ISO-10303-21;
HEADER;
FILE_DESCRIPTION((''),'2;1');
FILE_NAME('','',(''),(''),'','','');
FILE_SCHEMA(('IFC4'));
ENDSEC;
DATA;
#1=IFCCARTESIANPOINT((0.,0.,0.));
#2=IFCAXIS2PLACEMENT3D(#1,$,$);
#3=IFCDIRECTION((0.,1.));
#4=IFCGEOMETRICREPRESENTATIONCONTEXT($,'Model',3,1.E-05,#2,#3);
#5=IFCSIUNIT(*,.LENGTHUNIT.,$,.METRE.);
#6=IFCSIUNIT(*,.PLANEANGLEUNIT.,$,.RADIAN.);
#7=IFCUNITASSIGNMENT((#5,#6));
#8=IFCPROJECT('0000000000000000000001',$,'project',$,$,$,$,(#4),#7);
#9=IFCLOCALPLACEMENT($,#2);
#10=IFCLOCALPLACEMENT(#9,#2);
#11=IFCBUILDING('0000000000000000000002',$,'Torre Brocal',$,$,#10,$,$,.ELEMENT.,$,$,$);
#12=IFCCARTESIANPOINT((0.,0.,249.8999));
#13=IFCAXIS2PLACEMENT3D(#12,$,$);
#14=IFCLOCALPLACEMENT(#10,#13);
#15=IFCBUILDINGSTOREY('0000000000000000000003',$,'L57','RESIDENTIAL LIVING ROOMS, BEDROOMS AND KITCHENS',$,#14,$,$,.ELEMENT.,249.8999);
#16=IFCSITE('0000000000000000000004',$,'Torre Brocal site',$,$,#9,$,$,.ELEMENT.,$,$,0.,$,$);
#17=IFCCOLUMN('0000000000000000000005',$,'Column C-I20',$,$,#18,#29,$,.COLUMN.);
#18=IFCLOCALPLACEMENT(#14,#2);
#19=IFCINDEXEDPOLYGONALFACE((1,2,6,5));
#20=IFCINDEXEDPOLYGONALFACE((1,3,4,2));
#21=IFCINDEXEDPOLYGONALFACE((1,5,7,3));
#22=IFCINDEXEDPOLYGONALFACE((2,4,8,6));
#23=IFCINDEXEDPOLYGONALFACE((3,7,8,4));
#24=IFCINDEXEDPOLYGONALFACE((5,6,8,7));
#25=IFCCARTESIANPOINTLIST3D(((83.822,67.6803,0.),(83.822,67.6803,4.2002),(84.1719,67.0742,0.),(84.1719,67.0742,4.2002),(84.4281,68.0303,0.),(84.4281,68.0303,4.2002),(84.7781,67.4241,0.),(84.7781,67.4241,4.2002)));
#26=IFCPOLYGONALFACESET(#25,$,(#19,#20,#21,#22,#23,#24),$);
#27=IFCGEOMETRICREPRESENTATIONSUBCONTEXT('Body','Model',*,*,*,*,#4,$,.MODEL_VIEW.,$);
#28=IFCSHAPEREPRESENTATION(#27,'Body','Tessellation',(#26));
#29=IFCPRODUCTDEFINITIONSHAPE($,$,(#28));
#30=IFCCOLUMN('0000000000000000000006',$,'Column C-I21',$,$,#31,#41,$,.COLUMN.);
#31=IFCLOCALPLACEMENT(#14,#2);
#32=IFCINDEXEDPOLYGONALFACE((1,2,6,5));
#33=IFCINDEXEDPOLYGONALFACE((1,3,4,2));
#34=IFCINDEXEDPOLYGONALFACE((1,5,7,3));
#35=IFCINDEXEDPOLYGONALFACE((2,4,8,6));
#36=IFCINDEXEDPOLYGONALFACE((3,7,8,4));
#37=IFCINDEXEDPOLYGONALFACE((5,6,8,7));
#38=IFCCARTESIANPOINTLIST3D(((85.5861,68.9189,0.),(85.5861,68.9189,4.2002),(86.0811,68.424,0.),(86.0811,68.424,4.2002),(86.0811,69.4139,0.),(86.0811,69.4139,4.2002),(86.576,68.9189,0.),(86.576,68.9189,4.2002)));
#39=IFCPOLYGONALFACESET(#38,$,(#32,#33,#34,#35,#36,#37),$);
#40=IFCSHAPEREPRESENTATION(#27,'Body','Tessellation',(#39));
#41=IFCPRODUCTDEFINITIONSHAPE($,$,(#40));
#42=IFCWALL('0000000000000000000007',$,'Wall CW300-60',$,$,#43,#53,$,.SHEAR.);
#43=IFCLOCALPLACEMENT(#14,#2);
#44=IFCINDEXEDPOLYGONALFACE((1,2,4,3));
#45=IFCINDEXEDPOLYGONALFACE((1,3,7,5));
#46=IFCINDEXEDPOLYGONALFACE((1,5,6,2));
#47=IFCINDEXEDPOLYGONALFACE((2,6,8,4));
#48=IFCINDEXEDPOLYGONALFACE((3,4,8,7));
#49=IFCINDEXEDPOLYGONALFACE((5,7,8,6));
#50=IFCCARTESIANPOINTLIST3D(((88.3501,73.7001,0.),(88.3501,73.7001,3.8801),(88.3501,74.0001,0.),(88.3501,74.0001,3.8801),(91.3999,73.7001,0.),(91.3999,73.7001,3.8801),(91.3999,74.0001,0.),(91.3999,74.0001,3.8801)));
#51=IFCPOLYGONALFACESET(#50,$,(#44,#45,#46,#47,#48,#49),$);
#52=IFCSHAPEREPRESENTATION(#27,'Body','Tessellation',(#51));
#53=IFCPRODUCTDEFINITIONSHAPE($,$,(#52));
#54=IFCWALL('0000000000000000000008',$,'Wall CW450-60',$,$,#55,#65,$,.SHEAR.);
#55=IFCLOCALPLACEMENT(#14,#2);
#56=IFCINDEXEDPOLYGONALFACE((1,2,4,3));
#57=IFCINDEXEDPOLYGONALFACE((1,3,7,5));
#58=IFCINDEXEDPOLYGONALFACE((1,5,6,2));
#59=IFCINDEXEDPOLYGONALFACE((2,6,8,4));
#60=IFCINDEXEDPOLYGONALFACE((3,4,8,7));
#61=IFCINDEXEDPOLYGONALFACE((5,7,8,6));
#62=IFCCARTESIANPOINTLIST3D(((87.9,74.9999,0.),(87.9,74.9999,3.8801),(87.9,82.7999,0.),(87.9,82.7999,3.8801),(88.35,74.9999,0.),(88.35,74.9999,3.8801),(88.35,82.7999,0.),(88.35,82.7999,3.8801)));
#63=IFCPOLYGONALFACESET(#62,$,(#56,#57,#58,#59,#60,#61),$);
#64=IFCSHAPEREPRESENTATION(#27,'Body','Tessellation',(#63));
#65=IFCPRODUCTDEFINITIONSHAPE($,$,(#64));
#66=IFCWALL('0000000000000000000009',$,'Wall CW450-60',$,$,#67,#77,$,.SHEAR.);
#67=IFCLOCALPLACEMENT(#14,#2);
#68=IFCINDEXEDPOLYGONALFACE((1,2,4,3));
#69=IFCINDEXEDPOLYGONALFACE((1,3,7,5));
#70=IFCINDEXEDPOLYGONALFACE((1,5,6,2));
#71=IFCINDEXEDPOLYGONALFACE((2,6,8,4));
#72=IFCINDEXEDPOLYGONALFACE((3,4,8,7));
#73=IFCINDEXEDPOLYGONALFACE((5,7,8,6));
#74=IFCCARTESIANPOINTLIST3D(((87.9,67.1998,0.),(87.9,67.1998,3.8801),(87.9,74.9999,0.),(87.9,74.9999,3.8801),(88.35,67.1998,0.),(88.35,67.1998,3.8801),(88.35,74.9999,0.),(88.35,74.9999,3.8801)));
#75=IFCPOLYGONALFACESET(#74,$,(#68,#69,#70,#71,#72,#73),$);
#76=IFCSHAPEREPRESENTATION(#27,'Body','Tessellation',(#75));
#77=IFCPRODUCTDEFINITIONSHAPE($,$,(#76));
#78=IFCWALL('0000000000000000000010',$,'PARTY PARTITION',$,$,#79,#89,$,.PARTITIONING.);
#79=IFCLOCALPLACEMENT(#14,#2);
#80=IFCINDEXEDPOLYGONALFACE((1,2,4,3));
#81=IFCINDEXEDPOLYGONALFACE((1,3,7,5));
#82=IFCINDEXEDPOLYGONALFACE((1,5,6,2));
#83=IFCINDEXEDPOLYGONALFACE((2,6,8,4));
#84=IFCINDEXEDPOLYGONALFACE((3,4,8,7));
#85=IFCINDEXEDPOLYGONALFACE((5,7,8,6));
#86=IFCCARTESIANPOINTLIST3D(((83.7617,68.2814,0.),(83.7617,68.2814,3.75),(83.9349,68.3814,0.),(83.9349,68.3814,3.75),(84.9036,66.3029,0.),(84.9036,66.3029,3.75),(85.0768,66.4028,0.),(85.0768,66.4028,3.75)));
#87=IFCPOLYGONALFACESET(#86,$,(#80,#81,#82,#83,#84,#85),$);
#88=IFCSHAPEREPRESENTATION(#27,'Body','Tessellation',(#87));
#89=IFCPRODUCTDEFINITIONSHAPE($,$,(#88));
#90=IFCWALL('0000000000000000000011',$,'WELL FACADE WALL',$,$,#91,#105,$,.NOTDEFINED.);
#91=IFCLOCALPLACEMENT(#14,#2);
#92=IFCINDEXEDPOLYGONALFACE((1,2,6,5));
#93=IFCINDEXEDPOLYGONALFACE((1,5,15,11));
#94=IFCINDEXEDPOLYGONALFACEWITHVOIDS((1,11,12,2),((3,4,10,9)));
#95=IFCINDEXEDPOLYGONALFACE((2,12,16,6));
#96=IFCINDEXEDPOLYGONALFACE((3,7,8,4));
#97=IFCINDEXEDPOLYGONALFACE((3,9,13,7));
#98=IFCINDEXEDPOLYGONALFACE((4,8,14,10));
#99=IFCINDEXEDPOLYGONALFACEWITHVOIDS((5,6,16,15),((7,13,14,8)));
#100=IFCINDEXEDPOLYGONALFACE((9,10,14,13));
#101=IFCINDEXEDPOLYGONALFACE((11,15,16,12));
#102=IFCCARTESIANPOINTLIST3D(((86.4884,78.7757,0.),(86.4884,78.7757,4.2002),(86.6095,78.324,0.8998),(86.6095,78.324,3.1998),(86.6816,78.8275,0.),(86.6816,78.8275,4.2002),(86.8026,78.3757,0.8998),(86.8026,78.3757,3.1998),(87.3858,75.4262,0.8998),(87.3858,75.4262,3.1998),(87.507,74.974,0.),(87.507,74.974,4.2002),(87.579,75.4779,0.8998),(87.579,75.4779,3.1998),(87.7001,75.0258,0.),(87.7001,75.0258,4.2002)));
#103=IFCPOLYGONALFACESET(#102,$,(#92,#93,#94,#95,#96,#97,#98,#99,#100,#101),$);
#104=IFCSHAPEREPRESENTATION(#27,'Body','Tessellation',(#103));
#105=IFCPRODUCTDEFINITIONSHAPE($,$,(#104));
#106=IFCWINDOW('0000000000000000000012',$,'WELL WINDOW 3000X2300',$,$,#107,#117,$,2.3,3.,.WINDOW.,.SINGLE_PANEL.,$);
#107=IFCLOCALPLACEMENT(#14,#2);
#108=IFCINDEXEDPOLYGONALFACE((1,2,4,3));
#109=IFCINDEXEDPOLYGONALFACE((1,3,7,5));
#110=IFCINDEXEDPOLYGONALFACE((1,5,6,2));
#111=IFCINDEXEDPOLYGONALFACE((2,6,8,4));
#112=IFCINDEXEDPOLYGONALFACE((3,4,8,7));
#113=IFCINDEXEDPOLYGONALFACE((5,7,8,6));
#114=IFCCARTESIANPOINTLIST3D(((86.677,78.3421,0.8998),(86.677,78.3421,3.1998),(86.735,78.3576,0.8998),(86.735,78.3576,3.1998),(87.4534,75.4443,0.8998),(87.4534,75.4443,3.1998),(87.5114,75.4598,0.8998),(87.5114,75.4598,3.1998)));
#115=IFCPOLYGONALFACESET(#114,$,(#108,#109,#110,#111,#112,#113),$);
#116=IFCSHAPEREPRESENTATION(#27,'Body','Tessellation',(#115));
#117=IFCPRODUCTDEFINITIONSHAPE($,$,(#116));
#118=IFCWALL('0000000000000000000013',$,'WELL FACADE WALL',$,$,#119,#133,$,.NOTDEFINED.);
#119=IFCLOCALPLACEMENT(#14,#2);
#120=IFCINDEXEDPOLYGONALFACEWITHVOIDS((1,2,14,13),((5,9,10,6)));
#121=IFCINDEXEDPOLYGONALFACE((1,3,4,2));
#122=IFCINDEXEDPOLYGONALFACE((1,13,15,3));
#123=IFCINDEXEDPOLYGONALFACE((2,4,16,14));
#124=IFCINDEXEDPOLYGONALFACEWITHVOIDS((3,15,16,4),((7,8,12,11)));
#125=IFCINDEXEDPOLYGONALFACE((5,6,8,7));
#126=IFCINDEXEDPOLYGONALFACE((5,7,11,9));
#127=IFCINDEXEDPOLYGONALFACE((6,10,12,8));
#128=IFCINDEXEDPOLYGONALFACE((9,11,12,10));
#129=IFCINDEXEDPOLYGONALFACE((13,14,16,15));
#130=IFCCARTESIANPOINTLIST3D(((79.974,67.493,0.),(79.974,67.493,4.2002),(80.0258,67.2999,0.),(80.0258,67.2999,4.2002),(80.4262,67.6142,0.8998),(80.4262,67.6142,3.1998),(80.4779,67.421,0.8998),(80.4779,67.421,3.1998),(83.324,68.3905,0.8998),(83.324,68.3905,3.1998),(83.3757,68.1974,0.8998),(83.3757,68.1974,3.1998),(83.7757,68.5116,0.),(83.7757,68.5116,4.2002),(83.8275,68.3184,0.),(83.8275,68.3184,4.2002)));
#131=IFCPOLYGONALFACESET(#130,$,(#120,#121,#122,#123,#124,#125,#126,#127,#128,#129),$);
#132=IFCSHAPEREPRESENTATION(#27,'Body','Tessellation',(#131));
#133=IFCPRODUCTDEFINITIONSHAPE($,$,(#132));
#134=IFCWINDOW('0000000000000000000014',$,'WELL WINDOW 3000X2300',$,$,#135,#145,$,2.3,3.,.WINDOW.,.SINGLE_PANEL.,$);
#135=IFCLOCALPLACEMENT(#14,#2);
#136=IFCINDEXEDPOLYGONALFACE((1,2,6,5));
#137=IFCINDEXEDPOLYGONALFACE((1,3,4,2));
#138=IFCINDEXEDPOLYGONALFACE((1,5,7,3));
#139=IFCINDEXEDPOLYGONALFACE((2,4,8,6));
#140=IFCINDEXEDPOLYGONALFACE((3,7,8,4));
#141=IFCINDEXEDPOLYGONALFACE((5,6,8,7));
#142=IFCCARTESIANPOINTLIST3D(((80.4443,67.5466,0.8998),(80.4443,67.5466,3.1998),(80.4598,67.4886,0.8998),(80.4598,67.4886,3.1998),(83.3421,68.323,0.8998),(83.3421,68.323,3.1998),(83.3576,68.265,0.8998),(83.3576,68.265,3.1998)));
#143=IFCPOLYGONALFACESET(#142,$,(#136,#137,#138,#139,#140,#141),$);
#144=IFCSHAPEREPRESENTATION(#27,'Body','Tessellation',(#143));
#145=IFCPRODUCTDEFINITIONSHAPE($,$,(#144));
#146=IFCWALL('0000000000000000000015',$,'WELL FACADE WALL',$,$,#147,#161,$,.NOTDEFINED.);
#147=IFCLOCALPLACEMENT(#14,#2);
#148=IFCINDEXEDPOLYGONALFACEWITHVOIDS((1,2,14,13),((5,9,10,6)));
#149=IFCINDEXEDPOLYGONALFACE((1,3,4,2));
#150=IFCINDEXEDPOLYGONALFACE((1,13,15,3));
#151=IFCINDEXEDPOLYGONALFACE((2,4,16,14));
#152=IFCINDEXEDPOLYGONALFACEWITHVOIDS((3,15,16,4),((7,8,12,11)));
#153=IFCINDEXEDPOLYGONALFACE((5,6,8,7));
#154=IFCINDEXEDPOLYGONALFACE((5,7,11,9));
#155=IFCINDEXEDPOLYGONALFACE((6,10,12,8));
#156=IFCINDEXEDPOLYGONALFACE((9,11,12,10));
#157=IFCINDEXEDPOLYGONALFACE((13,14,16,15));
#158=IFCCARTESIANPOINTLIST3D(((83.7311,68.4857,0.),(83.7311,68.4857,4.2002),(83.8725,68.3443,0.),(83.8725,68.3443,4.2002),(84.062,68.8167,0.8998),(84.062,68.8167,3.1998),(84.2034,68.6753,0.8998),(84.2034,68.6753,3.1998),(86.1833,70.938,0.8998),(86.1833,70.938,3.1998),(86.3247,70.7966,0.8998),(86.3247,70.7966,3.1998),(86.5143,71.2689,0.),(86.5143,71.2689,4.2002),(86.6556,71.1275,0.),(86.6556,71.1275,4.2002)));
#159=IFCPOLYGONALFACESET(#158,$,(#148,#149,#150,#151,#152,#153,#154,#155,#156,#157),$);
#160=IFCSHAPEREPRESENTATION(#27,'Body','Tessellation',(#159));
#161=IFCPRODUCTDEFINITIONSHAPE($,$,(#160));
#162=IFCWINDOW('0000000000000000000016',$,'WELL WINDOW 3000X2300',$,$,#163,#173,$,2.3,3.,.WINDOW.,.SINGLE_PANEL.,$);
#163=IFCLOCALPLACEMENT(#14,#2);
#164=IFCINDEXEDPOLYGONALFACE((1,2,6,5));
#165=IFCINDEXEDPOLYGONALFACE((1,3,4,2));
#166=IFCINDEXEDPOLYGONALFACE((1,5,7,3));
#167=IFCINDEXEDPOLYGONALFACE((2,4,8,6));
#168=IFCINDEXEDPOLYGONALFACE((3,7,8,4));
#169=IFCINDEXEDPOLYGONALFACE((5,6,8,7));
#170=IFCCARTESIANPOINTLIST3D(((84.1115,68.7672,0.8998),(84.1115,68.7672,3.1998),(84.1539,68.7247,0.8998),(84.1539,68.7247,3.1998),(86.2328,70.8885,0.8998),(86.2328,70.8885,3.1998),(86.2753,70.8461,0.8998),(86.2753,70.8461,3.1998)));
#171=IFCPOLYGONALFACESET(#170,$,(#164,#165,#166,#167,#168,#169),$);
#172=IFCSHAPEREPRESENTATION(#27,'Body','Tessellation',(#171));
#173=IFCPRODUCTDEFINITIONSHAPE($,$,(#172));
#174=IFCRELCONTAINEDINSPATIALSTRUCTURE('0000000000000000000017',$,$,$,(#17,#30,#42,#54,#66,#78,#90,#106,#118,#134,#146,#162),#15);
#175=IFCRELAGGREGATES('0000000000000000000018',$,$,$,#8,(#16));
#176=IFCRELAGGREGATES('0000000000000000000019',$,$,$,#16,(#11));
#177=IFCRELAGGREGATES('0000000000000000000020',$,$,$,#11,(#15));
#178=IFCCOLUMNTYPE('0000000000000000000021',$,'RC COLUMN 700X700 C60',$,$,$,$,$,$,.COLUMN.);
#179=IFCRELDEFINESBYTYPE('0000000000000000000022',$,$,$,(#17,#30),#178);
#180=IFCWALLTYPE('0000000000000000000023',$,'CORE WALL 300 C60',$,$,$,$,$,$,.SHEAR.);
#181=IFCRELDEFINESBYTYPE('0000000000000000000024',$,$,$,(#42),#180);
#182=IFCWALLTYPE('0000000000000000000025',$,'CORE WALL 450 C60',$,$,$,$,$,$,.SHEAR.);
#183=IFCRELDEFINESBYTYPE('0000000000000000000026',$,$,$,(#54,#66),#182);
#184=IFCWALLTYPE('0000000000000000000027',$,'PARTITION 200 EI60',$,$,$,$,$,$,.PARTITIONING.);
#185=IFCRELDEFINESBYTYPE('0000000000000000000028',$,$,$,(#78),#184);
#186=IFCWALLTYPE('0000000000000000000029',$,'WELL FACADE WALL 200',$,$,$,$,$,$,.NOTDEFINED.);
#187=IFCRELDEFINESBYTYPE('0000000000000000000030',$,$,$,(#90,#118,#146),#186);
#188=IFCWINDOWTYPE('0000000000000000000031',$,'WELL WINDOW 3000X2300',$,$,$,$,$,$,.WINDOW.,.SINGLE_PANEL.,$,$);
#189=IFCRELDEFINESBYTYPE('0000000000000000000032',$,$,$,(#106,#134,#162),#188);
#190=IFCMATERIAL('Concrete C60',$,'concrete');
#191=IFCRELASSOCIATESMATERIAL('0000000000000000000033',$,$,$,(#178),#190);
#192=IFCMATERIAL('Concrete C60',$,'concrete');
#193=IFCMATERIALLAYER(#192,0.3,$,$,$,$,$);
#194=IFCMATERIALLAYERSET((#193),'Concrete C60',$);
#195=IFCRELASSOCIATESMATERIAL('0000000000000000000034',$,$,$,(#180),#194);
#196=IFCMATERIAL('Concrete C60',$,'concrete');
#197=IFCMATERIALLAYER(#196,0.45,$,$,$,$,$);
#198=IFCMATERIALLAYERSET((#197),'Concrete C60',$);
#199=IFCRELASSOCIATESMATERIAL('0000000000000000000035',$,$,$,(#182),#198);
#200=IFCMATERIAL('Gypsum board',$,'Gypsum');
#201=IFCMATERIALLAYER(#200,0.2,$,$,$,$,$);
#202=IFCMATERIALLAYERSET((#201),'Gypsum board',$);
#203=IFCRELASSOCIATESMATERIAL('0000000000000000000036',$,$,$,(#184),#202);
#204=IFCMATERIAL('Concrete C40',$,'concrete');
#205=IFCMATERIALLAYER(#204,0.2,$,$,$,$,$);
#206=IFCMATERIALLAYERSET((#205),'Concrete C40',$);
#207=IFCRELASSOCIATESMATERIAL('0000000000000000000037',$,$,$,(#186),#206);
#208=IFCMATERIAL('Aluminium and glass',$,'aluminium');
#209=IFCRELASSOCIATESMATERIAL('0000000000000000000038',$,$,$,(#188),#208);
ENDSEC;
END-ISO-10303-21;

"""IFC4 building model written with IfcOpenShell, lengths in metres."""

from ifc_helpers import new_model, si_unit, direction, frame, frame_2d, origin, origin_2d, place, context, subcontext, project, spatial, rectangle, extrude, material, layer, layer_set, material_profile, profile_set, type_object, element, fill, save


model = new_model("IFC4")

# Units and contexts
model_context = context("Model", 3, precision=1e-05, world=origin(), true_north=direction((0.0, 1.0)))
body_context = subcontext(model_context, "Body", "Model", "MODEL_VIEW")
ifc_project = project(units=[si_unit("LENGTHUNIT", "METRE"), si_unit("PLANEANGLEUNIT", "RADIAN")], contexts=[model_context])

# Site, building, storey
site_placement = place(None, origin())
site = spatial("IfcSite", under=ifc_project, at=site_placement, Name="Torre Brocal site", CompositionType="ELEMENT", RefElevation=0.0)
building_placement = place(site_placement, origin())
building = spatial("IfcBuilding", under=site, at=building_placement, Name="Torre Brocal", CompositionType="ELEMENT")
storey_placement = place(building_placement, frame((0.0, 0.0, 249.8999)))
storey = spatial("IfcBuildingStorey", under=building, at=storey_placement, Name="L57", Description="RESIDENTIAL LIVING ROOMS, BEDROOMS AND KITCHENS", CompositionType="ELEMENT", Elevation=249.8999)

# Columns
ifc_material_1 = material(Name="Concrete C60", Category="concrete")
ifc_material_profile = material_profile(ifc_material_1, rectangle(XDim=0.7, YDim=0.7, at=origin_2d()), Name="RC 700X700")
ifc_profile_set = profile_set([ifc_material_profile], Name="Concrete C60")
column_type = type_object("IfcColumnType", Name="RC COLUMN 700X700 C60", PredefinedType="COLUMN", material=ifc_profile_set)
for number, where, z_axis, x_axis, name in (
    (1, (84.3, 67.5522, 0.0), (0.0, 0.0, 1.0), (0.5, -0.866025, 0.0), "Column C-I20"),
    (2, (86.0811, 68.9189, 0.0), (0.0, 0.0, 1.0), (0.707107, -0.707107, 0.0), "Column C-I21"),
):
    element("IfcColumn", number, at=place(storey_placement, frame(where, z_axis=z_axis, x_axis=x_axis)), inside=storey, type_object=column_type, Name=name, PredefinedType="COLUMN", context=body_context, shape_type="SweptSolid", body=[
        extrude(rectangle(XDim=0.7, YDim=0.7, at=origin_2d()), origin(), (0.0, 0.0, 1.0), 4.2002),
    ])

# Walls
ifc_material_2 = material(Name="Concrete C60", Category="concrete")
ifc_layer_1 = layer(ifc_material_2, 0.3)
ifc_layer_set_1 = layer_set([ifc_layer_1], Name="Concrete C60")
wall_type_1 = type_object("IfcWallType", Name="CORE WALL 300 C60", PredefinedType="SHEAR", material=ifc_layer_set_1)
wall_1_placement = place(storey_placement, frame((88.3501, 73.8501, 0.0), z_axis=(0.0, 0.0, 1.0), x_axis=(1.0, 0.0, 0.0)))
element("IfcWall", 3, at=wall_1_placement, inside=storey, type_object=wall_type_1, Name="Wall CW300-60", PredefinedType="SHEAR", context=body_context, shape_type="SweptSolid", body=[
    extrude(rectangle(XDim=3.0498, YDim=0.3, at=frame_2d((1.5249, 0.0))), origin(), (0.0, 0.0, 1.0), 3.8801),
])
ifc_material_3 = material(Name="Concrete C60", Category="concrete")
ifc_layer_2 = layer(ifc_material_3, 0.45)
ifc_layer_set_2 = layer_set([ifc_layer_2], Name="Concrete C60")
wall_type_2 = type_object("IfcWallType", Name="CORE WALL 450 C60", PredefinedType="SHEAR", material=ifc_layer_set_2)
for number, where, z_axis, x_axis, name in (
    (4, (88.125, 75.0, 0.0), (0.0, 0.0, 1.0), (0.0, 1.0, 0.0), "Wall CW450-60"),
    (5, (88.125, 67.2, 0.0), (0.0, 0.0, 1.0), (0.0, 1.0, 0.0), "Wall CW450-60"),
):
    element("IfcWall", number, at=place(storey_placement, frame(where, z_axis=z_axis, x_axis=x_axis)), inside=storey, type_object=wall_type_2, Name=name, PredefinedType="SHEAR", context=body_context, shape_type="SweptSolid", body=[
        extrude(rectangle(XDim=7.8, YDim=0.45, at=frame_2d((3.8999, 0.0))), origin(), (0.0, 0.0, 1.0), 3.8801),
    ])
ifc_material_4 = material(Name="Gypsum board", Category="Gypsum")
ifc_layer_3 = layer(ifc_material_4, 0.2)
ifc_layer_set_3 = layer_set([ifc_layer_3], Name="Gypsum board")
wall_type_3 = type_object("IfcWallType", Name="PARTITION 200 EI60", PredefinedType="PARTITIONING", material=ifc_layer_set_3)
wall_2_placement = place(storey_placement, frame((83.8484, 68.3313, 0.0), z_axis=(0.0, 0.0, 1.0), x_axis=(0.499852, -0.866111, 0.0)))
element("IfcWall", 6, at=wall_2_placement, inside=storey, type_object=wall_type_3, Name="PARTY PARTITION", PredefinedType="PARTITIONING", context=body_context, shape_type="SweptSolid", body=[
    extrude(rectangle(XDim=2.2844, YDim=0.2, at=frame_2d((1.1421, 0.0))), origin(), (0.0, 0.0, 1.0), 3.75),
])

# Walls, openings, windows
ifc_material_5 = material(Name="Concrete C40", Category="concrete")
ifc_layer_4 = layer(ifc_material_5, 0.2)
ifc_layer_set_4 = layer_set([ifc_layer_4], Name="Concrete C40")
wall_type_4 = type_object("IfcWallType", Name="WELL FACADE WALL 200", PredefinedType="NOTDEFINED", material=ifc_layer_set_4)
wall_3_placement = place(storey_placement, frame((87.6035, 75.0, 0.0), z_axis=(0.0, 0.0, 1.0), x_axis=(-0.25879, 0.965934, 0.0)))
wall_3 = element("IfcWall", 7, at=wall_3_placement, inside=storey, type_object=wall_type_4, Name="WELL FACADE WALL", PredefinedType="NOTDEFINED", context=body_context, shape_type="SweptSolid", body=[
    extrude(rectangle(XDim=3.9358, YDim=0.2, at=frame_2d((1.9678, 0.0))), origin(), (0.0, 0.0, 1.0), 4.2002),
])
opening_1_placement = place(wall_3_placement, frame((0.468, 0.0, 0.8999)))
opening_1 = element("IfcOpeningElement", 8, at=opening_1_placement, cuts=wall_3, PredefinedType="OPENING", context=body_context, shape_type="SweptSolid", body=[
    extrude(rectangle(XDim=3.0, YDim=2.3, at=frame_2d((1.5, 1.1499))), frame((0.0, 0.1099, 0.0), z_axis=(0.0, -1.0, 0.0), x_axis=(1.0, 0.0, 0.0)), (0.0, 0.0, 1.0), 0.22),
])
ifc_material_6 = material(Name="Aluminium and glass", Category="aluminium")
window_type = type_object("IfcWindowType", Name="WELL WINDOW 3000X2300", PartitioningType="SINGLE_PANEL", PredefinedType="WINDOW", material=ifc_material_6)
window_1_placement = place(opening_1_placement, origin())
window_1 = element("IfcWindow", 9, at=window_1_placement, inside=storey, type_object=window_type, Name="WELL WINDOW 3000X2300", OverallHeight=2.3, OverallWidth=3.0, PartitioningType="SINGLE_PANEL", PredefinedType="WINDOW", context=body_context, shape_type="SweptSolid", body=[
    extrude(rectangle(XDim=3.0, YDim=2.3, at=frame_2d((1.5, 1.1499))), frame((0.0, 0.03, 0.0), z_axis=(0.0, -1.0, 0.0), x_axis=(1.0, 0.0, 0.0)), (0.0, 0.0, 1.0), 0.0601),
])
fill(opening_1, window_1)
wall_4_placement = place(storey_placement, frame((80.0, 67.3965, 0.0), z_axis=(0.0, 0.0, 1.0), x_axis=(0.965934, 0.25879, 0.0)))
wall_4 = element("IfcWall", 10, at=wall_4_placement, inside=storey, type_object=wall_type_4, Name="WELL FACADE WALL", PredefinedType="NOTDEFINED", context=body_context, shape_type="SweptSolid", body=[
    extrude(rectangle(XDim=3.9358, YDim=0.2, at=frame_2d((1.9678, 0.0))), origin(), (0.0, 0.0, 1.0), 4.2002),
])
opening_2_placement = place(wall_4_placement, frame((0.468, 0.0, 0.8999)))
opening_2 = element("IfcOpeningElement", 11, at=opening_2_placement, cuts=wall_4, PredefinedType="OPENING", context=body_context, shape_type="SweptSolid", body=[
    extrude(rectangle(XDim=3.0, YDim=2.3, at=frame_2d((1.5, 1.1499))), frame((0.0, 0.1099, 0.0), z_axis=(0.0, -1.0, 0.0), x_axis=(1.0, 0.0, 0.0)), (0.0, 0.0, 1.0), 0.22),
])
window_2_placement = place(opening_2_placement, origin())
window_2 = element("IfcWindow", 12, at=window_2_placement, inside=storey, type_object=window_type, Name="WELL WINDOW 3000X2300", OverallHeight=2.3, OverallWidth=3.0, PartitioningType="SINGLE_PANEL", PredefinedType="WINDOW", context=body_context, shape_type="SweptSolid", body=[
    extrude(rectangle(XDim=3.0, YDim=2.3, at=frame_2d((1.5, 1.1499))), frame((0.0, 0.03, 0.0), z_axis=(0.0, -1.0, 0.0), x_axis=(1.0, 0.0, 0.0)), (0.0, 0.0, 1.0), 0.0601),
])
fill(opening_2, window_2)
wall_5_placement = place(storey_placement, frame((83.8018, 68.415, 0.0), z_axis=(0.0, 0.0, 1.0), x_axis=(0.707107, 0.707107, 0.0)))
wall_5 = element("IfcWall", 13, at=wall_5_placement, inside=storey, type_object=wall_type_4, Name="WELL FACADE WALL", PredefinedType="NOTDEFINED", context=body_context, shape_type="SweptSolid", body=[
    extrude(rectangle(XDim=3.936, YDim=0.2, at=frame_2d((1.968, 0.0))), origin(), (0.0, 0.0, 1.0), 4.2002),
])
opening_3_placement = place(wall_5_placement, frame((0.468, 0.0, 0.8999)))
opening_3 = element("IfcOpeningElement", 14, at=opening_3_placement, cuts=wall_5, PredefinedType="OPENING", context=body_context, shape_type="SweptSolid", body=[
    extrude(rectangle(XDim=3.0, YDim=2.3, at=frame_2d((1.5, 1.1499))), frame((0.0, 0.1099, 0.0), z_axis=(0.0, -1.0, 0.0), x_axis=(1.0, 0.0, 0.0)), (0.0, 0.0, 1.0), 0.22),
])
window_3_placement = place(opening_3_placement, origin())
window_3 = element("IfcWindow", 15, at=window_3_placement, inside=storey, type_object=window_type, Name="WELL WINDOW 3000X2300", OverallHeight=2.3, OverallWidth=3.0, PartitioningType="SINGLE_PANEL", PredefinedType="WINDOW", context=body_context, shape_type="SweptSolid", body=[
    extrude(rectangle(XDim=3.0, YDim=2.3, at=frame_2d((1.5, 1.1499))), frame((0.0, 0.03, 0.0), z_axis=(0.0, -1.0, 0.0), x_axis=(1.0, 0.0, 0.0)), (0.0, 0.0, 1.0), 0.0601),
])
fill(opening_3, window_3)

save(model, "model.ifc")
